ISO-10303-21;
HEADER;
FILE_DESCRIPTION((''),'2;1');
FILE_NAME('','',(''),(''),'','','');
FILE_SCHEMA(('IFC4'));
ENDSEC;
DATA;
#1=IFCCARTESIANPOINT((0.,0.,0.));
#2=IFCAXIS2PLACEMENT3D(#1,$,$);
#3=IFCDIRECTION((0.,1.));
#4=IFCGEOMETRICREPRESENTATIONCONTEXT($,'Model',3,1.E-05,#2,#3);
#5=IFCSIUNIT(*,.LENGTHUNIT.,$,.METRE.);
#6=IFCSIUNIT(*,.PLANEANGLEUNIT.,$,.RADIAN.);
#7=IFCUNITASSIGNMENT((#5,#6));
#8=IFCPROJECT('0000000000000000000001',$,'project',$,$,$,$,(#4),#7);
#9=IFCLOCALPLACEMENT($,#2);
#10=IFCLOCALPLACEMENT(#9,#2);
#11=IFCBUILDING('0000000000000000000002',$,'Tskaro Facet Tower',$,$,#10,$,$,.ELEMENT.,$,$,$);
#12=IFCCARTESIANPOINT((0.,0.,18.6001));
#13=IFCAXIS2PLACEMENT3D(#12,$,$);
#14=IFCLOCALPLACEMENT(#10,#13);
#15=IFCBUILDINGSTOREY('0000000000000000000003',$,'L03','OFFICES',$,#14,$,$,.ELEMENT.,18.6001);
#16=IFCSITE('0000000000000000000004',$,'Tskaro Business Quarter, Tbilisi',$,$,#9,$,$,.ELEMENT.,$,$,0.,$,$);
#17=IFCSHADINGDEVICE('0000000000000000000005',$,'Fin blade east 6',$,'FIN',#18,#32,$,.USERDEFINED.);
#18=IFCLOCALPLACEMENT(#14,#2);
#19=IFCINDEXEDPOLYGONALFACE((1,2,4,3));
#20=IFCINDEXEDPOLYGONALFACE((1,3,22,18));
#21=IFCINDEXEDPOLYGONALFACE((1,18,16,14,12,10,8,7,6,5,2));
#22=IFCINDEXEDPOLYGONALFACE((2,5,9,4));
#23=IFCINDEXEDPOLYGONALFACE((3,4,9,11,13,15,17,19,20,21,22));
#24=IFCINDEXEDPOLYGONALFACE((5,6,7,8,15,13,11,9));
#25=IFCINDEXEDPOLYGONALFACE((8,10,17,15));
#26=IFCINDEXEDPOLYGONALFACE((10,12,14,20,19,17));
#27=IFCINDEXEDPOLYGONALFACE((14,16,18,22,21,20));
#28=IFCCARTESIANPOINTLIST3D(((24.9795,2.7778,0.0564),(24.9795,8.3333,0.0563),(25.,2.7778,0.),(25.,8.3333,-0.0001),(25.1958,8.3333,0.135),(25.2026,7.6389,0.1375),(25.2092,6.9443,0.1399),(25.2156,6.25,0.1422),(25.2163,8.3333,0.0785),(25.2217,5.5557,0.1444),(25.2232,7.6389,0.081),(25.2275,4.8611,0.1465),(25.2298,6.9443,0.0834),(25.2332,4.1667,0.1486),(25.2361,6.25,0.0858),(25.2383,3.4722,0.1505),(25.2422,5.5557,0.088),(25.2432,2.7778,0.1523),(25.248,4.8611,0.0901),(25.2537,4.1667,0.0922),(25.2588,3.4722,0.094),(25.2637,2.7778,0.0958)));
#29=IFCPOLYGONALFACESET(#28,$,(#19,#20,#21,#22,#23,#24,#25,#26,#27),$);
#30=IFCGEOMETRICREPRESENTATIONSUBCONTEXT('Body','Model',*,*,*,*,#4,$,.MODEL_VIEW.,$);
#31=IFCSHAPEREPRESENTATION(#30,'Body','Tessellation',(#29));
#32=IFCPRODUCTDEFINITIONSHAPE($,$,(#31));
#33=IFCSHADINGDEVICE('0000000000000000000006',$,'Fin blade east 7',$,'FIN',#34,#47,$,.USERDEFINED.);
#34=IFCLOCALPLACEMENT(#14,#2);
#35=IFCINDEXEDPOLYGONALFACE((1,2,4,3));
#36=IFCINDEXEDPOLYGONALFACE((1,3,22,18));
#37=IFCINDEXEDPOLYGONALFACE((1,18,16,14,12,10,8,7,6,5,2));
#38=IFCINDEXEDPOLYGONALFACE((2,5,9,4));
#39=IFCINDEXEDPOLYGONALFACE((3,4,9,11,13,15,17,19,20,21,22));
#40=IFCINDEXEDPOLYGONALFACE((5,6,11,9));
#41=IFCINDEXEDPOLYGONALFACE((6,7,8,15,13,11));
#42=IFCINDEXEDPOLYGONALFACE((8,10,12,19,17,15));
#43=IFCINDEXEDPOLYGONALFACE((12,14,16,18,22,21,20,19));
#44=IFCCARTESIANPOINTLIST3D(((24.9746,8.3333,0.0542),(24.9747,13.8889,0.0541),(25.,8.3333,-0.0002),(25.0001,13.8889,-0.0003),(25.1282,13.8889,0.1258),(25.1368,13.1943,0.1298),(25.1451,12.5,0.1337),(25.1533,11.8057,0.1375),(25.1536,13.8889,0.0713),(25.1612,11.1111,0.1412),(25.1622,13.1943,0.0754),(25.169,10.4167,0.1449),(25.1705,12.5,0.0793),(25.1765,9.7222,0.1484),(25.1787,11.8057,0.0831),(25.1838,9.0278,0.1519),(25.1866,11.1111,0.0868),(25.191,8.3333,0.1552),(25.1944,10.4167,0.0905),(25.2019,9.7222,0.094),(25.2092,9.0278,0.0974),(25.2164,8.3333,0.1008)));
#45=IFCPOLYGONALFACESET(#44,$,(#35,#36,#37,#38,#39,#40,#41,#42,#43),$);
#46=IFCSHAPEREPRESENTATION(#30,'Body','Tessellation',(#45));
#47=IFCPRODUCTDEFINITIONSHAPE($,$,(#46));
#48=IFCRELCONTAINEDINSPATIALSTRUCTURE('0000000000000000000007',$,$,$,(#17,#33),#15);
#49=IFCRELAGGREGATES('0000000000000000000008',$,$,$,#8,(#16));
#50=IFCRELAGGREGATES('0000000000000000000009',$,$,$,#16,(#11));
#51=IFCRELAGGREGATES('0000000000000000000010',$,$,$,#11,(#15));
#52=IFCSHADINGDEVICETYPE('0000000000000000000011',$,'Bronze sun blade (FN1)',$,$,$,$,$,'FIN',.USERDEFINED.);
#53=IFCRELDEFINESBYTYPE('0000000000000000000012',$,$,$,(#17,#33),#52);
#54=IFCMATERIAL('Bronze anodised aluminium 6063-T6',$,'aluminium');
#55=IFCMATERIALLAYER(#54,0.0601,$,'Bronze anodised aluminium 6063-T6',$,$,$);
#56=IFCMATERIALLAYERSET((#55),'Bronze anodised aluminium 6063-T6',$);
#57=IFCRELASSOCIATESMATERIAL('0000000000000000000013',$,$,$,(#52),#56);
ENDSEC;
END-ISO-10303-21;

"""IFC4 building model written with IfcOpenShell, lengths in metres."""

from ifc_helpers import new_model, si_unit, direction, frame, origin, place, context, subcontext, project, spatial, polyline, outline, extrude, material, layer, layer_set, type_object, element, save


model = new_model("IFC4")

# Units and contexts
model_context = context("Model", 3, precision=1e-05, world=origin(), true_north=direction((0.0, 1.0)))
body_context = subcontext(model_context, "Body", "Model", "MODEL_VIEW")
ifc_project = project(units=[si_unit("LENGTHUNIT", "METRE"), si_unit("PLANEANGLEUNIT", "RADIAN")], contexts=[model_context])

# Site, building, storey
site_placement = place(None, origin())
site = spatial("IfcSite", under=ifc_project, at=site_placement, Name="Tskaro Business Quarter, Tbilisi", CompositionType="ELEMENT", RefElevation=0.0)
building_placement = place(site_placement, origin())
building = spatial("IfcBuilding", under=site, at=building_placement, Name="Tskaro Facet Tower", CompositionType="ELEMENT")
storey_placement = place(building_placement, frame((0.0, 0.0, 18.6001)))
storey = spatial("IfcBuildingStorey", under=building, at=storey_placement, Name="L03", Description="OFFICES", CompositionType="ELEMENT", Elevation=18.6001)

# Shared definitions
ifc_material_1 = material(Name="Bronze anodised aluminium 6063-T6", Category="aluminium")

# Shading devices
ifc_layer_1 = layer(ifc_material_1, 0.0601, Name="Bronze anodised aluminium 6063-T6")
ifc_layer_set_1 = layer_set([ifc_layer_1], Name="Bronze anodised aluminium 6063-T6")
shading_device_type = type_object("IfcShadingDeviceType", Name="Bronze sun blade (FN1)", ElementType="FIN", PredefinedType="USERDEFINED", material=ifc_layer_set_1)
shading_device_1_placement = place(storey_placement, frame((24.9795, 2.7778, 0.0564), z_axis=(-0.341681, 0.00001, 0.939816), x_axis=(0.000003, 1.0, -0.00001)))
element("IfcShadingDevice", 1, at=shading_device_1_placement, inside=storey, type_object=shading_device_type, Name="Fin blade east 6", ObjectType="FIN", PredefinedType="USERDEFINED", context=body_context, shape_type="SweptSolid", body=[
    extrude(outline(polyline([(0.0, 0.0), (5.5554, 0.0), (5.5554, -0.2302), (4.8611, -0.2374), (4.1665, -0.2444), (3.4722, -0.2512), (2.7778, -0.2577), (2.0833, -0.2639), (1.3889, -0.2699), (0.6943, -0.2753), (0.0, -0.2806), (0.0, 0.0)])), origin(), (0.0, 0.0, -1.0), 0.0601),
])
shading_device_2_placement = place(storey_placement, frame((24.9746, 8.3333, 0.0542), z_axis=(-0.422999, 0.00002, 0.90613), x_axis=(0.000008, 1.0, -0.000018)))
element("IfcShadingDevice", 2, at=shading_device_2_placement, inside=storey, type_object=shading_device_type, Name="Fin blade east 7", ObjectType="FIN", PredefinedType="USERDEFINED", context=body_context, shape_type="SweptSolid", body=[
    extrude(outline(polyline([(0.0, 0.0), (5.5557, 0.0), (5.5557, -0.1694), (4.8611, -0.1789), (4.1667, -0.1881), (3.4724, -0.1972), (2.7778, -0.2059), (2.0835, -0.2145), (1.3889, -0.2228), (0.6946, -0.2309), (0.0, -0.2388), (0.0, 0.0)])), origin(), (0.0, 0.0, -1.0), 0.0601),
])

save(model, "model.ifc")
